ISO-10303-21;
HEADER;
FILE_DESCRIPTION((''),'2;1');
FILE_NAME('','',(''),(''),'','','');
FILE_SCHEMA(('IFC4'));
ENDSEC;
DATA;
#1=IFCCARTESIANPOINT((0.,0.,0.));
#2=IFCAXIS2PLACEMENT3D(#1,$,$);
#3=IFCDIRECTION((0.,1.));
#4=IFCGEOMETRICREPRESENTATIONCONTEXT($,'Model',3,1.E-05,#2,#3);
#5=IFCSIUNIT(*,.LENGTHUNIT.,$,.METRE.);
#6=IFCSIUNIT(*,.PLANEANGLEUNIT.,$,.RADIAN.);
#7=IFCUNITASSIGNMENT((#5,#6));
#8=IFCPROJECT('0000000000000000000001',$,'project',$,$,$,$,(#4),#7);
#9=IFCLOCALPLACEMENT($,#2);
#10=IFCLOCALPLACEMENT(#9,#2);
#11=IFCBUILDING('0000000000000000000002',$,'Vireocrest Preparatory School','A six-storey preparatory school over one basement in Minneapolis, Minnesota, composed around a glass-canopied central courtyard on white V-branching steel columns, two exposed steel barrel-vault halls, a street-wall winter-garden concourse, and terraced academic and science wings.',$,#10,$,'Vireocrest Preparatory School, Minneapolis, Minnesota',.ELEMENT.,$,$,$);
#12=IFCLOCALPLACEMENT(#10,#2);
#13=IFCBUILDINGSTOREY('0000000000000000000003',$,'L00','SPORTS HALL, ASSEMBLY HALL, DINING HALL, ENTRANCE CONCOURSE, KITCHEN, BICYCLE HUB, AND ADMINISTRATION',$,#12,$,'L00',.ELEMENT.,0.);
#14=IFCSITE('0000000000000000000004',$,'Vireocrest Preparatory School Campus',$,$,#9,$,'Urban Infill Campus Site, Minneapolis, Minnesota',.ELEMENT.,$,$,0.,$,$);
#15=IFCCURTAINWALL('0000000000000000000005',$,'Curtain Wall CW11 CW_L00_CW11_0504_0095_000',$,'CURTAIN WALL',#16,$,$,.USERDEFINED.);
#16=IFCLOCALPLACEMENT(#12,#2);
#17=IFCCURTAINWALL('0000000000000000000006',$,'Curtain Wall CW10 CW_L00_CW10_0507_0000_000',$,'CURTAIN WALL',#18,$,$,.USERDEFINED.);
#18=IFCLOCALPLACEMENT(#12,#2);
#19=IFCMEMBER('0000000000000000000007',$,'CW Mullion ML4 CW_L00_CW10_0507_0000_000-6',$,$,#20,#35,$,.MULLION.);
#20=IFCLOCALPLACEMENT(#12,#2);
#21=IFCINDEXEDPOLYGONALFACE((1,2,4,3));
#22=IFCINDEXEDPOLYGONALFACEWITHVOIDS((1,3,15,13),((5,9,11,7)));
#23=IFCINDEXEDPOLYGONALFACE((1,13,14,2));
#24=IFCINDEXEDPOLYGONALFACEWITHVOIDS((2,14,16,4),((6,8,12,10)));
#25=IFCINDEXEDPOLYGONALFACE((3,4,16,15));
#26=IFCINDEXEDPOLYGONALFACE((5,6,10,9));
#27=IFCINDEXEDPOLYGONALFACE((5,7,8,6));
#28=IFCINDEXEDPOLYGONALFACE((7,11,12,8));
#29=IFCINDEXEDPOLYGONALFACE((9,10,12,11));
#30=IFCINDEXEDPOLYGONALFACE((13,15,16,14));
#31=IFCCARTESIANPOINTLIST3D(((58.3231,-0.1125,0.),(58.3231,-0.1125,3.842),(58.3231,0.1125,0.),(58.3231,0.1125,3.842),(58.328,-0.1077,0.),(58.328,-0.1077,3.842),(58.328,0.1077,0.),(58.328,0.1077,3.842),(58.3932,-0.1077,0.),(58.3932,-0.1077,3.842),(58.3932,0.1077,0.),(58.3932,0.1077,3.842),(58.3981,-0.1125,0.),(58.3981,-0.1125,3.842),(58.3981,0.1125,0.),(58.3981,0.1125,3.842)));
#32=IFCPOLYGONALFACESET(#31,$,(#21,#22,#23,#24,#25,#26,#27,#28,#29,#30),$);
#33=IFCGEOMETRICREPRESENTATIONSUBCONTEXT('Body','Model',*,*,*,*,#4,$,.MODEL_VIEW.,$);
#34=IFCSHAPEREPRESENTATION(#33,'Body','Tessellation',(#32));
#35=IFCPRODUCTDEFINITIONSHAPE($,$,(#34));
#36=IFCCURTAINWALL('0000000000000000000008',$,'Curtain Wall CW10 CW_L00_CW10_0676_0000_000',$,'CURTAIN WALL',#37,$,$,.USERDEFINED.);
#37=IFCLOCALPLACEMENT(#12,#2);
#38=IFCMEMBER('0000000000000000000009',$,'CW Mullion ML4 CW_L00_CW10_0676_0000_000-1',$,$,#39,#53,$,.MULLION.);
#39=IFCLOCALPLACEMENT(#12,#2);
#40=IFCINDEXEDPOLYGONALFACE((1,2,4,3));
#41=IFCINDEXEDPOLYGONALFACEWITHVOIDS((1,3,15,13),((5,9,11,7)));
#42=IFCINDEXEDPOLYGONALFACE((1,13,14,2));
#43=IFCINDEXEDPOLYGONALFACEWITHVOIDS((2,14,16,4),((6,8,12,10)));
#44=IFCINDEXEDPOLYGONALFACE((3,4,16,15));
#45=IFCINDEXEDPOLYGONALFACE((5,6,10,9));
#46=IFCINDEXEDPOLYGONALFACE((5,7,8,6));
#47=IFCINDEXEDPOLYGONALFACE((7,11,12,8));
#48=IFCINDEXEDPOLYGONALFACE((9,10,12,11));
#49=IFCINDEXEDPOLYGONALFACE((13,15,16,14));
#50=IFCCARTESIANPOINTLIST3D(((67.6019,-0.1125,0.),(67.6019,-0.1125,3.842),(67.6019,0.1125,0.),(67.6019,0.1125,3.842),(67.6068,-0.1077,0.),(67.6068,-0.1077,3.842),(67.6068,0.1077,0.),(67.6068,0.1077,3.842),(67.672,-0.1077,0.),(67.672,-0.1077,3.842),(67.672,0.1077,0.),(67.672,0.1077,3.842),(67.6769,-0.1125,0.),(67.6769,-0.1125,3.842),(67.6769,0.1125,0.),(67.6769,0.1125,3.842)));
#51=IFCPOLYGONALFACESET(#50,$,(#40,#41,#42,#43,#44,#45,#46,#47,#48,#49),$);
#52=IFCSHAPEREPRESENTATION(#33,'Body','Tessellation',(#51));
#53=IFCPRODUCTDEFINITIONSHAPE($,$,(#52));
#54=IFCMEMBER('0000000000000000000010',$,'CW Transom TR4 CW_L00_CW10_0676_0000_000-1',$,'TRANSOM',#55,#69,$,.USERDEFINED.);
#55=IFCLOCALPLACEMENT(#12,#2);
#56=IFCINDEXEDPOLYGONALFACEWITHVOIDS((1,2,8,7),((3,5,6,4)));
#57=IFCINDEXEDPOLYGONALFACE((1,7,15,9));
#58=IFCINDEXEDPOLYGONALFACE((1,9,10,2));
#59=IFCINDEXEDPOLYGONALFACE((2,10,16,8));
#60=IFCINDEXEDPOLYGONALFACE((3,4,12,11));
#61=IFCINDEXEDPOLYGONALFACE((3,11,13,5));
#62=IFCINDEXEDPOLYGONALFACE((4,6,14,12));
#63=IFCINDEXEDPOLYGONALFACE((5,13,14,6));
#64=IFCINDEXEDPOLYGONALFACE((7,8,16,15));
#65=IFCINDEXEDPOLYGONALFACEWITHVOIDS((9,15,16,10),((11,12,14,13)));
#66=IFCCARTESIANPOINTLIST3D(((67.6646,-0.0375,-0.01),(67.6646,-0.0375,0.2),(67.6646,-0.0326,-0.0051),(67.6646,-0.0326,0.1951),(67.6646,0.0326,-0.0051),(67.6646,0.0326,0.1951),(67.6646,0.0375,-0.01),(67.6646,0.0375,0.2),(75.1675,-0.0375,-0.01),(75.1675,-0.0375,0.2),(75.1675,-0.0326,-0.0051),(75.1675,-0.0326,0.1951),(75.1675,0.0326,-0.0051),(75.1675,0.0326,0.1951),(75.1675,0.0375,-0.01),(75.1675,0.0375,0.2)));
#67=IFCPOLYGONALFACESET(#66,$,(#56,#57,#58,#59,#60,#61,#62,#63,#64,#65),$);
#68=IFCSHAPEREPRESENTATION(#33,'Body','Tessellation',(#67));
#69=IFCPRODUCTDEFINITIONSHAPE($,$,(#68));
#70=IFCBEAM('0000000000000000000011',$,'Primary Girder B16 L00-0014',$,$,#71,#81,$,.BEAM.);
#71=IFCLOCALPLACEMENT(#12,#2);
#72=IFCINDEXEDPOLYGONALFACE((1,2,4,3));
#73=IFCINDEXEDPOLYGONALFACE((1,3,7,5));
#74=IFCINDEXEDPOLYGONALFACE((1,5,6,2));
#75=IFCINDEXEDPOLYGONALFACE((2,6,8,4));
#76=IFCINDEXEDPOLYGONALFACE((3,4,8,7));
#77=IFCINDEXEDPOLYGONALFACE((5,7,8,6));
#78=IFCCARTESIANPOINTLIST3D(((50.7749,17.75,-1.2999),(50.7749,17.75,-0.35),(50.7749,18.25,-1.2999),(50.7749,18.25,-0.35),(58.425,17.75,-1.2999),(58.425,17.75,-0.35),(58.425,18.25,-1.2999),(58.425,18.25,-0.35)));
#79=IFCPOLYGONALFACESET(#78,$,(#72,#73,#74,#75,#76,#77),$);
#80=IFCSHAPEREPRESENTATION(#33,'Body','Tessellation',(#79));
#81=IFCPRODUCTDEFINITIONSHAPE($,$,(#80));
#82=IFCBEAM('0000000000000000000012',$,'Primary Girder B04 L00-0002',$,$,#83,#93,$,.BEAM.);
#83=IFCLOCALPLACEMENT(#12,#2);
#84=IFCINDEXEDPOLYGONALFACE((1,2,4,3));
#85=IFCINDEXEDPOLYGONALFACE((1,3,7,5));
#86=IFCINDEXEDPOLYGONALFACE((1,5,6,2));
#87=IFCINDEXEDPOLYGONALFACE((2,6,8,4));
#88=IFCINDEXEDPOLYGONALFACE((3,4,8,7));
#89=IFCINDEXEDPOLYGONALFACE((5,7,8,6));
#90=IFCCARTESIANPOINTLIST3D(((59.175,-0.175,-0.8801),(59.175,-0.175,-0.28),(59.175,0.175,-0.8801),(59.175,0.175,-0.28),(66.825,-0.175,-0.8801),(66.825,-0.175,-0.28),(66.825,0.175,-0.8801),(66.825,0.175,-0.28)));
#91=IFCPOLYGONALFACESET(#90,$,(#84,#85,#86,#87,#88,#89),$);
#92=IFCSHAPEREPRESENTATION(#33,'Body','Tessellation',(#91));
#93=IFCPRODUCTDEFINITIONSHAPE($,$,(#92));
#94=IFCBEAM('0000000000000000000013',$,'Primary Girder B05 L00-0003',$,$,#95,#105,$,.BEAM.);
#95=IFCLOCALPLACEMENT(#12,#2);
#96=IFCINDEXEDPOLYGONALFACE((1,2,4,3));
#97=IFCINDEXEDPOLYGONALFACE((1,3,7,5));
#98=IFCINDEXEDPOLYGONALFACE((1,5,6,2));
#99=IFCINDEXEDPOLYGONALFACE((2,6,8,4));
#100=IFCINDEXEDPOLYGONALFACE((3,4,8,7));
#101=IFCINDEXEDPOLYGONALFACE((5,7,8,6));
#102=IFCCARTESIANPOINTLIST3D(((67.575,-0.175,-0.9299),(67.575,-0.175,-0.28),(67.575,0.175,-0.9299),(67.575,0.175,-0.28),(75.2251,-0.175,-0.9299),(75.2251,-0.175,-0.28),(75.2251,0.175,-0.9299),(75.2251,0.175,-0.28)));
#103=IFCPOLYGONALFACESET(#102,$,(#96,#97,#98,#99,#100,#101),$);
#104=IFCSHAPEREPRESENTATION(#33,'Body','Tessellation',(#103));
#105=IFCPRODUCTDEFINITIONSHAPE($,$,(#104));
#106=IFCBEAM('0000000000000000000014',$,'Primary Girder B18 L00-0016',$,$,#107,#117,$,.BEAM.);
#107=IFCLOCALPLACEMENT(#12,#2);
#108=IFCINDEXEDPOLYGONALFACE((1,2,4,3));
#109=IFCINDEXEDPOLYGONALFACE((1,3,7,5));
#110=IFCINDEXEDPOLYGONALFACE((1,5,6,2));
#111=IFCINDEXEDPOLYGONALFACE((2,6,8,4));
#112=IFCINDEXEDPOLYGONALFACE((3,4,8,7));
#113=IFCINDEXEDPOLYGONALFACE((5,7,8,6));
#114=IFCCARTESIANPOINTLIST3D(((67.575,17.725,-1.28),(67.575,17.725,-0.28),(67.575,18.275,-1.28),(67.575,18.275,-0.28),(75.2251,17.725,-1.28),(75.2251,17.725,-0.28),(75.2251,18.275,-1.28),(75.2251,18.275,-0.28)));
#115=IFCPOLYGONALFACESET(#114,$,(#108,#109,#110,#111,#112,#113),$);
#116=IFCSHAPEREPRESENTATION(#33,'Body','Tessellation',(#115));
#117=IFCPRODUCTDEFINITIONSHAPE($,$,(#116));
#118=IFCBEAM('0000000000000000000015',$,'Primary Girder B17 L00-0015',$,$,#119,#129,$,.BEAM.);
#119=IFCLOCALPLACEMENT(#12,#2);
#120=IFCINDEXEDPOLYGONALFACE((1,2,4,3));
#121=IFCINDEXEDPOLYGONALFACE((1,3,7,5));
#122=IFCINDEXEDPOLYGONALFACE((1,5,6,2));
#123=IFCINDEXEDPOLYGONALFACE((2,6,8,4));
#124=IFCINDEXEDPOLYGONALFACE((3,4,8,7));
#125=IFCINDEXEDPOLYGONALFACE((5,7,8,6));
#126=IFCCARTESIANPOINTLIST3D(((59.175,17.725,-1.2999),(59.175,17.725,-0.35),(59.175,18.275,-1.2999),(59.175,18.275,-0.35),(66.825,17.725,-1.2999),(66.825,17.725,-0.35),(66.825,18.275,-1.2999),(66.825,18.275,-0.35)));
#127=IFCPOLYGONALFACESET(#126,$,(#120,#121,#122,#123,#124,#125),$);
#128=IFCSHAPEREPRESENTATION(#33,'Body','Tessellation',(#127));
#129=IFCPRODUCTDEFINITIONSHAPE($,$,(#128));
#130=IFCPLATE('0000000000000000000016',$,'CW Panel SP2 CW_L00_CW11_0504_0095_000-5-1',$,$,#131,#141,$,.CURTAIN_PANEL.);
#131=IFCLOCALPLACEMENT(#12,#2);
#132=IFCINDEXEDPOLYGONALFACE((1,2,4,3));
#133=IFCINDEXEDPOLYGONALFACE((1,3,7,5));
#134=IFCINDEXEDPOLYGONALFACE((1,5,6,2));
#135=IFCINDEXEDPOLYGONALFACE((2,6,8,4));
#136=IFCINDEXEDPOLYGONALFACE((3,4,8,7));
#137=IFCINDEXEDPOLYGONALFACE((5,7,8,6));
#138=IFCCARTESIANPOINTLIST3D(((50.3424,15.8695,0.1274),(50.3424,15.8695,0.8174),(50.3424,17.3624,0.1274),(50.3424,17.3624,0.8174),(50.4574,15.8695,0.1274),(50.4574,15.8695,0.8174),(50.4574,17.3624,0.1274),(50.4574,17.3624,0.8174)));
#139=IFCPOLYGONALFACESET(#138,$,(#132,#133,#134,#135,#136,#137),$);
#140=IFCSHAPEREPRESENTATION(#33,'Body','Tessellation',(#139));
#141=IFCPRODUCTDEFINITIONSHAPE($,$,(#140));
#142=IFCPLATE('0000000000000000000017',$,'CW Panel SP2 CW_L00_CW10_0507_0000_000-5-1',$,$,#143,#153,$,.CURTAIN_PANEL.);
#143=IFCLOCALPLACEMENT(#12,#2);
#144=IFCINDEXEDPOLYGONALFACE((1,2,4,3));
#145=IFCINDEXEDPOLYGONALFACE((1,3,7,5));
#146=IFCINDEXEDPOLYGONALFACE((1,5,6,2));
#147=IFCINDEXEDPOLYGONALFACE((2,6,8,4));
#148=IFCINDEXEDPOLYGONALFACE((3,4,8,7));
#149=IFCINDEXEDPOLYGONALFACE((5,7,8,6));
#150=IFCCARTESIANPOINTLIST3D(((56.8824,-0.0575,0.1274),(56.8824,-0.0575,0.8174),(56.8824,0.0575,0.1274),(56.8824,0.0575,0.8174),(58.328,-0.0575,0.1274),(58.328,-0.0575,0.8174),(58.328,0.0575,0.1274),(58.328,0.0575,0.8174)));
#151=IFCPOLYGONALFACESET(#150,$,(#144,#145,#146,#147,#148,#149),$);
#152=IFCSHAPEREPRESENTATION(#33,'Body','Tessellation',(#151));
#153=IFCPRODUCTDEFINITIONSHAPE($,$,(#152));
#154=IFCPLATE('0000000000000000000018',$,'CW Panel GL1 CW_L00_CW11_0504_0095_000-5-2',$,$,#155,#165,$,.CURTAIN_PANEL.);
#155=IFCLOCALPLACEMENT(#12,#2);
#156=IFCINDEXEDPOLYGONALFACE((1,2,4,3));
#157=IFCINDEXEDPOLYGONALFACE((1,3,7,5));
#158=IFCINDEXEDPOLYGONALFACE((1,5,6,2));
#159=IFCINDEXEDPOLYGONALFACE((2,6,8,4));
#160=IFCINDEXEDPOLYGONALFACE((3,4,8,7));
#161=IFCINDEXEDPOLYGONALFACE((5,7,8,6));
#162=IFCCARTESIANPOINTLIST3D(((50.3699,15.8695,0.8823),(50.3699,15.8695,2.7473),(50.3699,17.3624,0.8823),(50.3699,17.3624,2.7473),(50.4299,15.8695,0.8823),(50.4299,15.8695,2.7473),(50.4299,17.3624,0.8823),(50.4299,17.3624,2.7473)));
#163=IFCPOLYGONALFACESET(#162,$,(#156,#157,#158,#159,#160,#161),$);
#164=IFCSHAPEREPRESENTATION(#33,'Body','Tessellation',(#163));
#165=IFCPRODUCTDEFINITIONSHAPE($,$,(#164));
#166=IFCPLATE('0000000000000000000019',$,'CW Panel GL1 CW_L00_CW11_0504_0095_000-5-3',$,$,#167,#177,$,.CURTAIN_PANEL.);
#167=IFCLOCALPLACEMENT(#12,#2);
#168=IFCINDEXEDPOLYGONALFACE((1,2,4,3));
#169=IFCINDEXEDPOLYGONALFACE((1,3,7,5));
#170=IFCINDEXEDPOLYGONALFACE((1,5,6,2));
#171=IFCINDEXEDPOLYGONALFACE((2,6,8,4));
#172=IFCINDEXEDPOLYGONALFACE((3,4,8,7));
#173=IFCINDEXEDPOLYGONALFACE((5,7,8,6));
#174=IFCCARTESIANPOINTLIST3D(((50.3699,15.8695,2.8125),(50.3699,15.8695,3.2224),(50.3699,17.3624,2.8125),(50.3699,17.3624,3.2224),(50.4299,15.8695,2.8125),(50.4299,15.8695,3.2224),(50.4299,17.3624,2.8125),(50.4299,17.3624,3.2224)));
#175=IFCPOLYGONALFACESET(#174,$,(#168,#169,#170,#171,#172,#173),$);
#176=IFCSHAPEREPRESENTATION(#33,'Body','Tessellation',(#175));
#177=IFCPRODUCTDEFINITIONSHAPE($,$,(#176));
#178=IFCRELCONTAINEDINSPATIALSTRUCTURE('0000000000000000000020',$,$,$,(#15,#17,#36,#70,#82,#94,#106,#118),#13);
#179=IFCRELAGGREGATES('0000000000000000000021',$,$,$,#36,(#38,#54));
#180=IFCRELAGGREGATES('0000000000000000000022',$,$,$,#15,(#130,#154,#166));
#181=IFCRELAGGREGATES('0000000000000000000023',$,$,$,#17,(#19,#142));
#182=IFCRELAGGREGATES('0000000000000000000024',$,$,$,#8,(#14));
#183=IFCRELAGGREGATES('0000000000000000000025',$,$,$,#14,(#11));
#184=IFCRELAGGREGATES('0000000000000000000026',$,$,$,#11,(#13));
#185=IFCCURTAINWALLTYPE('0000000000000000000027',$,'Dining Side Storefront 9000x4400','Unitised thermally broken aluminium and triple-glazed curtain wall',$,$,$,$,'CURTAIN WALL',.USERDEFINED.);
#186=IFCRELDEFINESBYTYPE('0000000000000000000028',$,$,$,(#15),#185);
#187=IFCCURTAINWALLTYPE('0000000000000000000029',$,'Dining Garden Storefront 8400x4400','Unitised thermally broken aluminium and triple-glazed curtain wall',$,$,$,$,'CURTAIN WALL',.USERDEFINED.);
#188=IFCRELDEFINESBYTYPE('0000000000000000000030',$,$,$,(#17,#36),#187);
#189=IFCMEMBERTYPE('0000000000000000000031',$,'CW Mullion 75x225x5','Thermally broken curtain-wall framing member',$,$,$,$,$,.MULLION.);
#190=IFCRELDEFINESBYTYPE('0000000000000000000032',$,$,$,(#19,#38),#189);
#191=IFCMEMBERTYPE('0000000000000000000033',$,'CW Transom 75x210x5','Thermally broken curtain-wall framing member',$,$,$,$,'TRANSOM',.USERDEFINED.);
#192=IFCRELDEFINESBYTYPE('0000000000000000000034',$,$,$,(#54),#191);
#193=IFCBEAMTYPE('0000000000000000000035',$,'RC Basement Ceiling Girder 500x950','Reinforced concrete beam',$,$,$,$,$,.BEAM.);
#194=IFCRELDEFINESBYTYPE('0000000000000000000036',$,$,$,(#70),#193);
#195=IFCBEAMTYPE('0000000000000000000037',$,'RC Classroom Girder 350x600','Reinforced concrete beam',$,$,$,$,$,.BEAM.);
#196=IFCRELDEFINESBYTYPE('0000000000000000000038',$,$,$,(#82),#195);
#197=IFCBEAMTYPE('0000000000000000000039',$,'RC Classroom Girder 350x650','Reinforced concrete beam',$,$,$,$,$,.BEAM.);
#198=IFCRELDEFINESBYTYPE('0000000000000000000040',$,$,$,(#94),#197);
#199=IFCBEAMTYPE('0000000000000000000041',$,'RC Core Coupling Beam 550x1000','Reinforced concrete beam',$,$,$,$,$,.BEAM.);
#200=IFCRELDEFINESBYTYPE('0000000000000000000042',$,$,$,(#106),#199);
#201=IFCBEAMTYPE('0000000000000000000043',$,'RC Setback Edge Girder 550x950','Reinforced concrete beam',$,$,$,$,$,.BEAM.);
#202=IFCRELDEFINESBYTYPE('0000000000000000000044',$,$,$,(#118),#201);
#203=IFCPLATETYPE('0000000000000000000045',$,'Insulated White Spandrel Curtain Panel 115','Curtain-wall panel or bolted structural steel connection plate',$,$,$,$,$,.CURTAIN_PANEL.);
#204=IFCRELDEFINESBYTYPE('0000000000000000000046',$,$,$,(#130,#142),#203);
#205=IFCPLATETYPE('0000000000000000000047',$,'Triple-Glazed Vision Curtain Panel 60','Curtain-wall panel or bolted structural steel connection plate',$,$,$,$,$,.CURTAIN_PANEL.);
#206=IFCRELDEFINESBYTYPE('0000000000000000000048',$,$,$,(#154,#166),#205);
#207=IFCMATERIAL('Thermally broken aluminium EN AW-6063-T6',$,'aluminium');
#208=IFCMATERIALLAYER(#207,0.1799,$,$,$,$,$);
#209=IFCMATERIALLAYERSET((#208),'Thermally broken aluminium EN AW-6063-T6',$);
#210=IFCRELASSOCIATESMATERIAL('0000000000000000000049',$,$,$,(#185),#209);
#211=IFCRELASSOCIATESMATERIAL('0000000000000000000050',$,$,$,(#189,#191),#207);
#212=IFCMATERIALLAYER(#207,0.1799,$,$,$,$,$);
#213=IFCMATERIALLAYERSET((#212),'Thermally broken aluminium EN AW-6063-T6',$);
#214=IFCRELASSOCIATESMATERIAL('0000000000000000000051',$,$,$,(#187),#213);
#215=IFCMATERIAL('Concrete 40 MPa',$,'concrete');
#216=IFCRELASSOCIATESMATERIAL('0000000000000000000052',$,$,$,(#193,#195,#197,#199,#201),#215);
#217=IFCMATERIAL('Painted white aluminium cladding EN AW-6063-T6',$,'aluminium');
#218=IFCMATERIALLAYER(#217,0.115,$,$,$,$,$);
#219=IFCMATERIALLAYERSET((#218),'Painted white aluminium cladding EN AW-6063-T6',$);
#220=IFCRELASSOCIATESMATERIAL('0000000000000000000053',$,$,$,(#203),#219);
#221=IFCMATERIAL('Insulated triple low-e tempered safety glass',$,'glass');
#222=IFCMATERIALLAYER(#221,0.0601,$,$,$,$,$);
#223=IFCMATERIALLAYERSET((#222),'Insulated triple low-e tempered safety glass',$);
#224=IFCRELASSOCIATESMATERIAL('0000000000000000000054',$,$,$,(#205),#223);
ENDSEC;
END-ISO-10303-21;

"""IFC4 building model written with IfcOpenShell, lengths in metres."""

from ifc_helpers import new_model, si_unit, direction, frame, origin, origin_2d, place, context, subcontext, project, spatial, rectangle, hollow_rectangle, extrude, material, layer, layer_set, material_profile, profile_set, type_object, element, aggregate, save


model = new_model("IFC4")

# Units and contexts
model_context = context("Model", 3, precision=1e-05, world=origin(), true_north=direction((0.0, 1.0)))
body_context = subcontext(model_context, "Body", "Model", "MODEL_VIEW")
ifc_project = project(units=[si_unit("LENGTHUNIT", "METRE"), si_unit("PLANEANGLEUNIT", "RADIAN")], contexts=[model_context])

# Site, building, storey
site_placement = place(None, origin())
site = spatial("IfcSite", under=ifc_project, at=site_placement, Name="Vireocrest Preparatory School Campus", LongName="Urban Infill Campus Site, Minneapolis, Minnesota", CompositionType="ELEMENT", RefElevation=0.0)
building_placement = place(site_placement, origin())
building = spatial("IfcBuilding", under=site, at=building_placement, Name="Vireocrest Preparatory School", Description="A six-storey preparatory school over one basement in Minneapolis, Minnesota, composed around a glass-canopied central courtyard on white V-branching steel columns, two exposed steel barrel-vault halls, a street-wall winter-garden concourse, and terraced academic and science wings.", LongName="Vireocrest Preparatory School, Minneapolis, Minnesota", CompositionType="ELEMENT")
storey_placement = place(building_placement, origin())
storey = spatial("IfcBuildingStorey", under=building, at=storey_placement, Name="L00", Description="SPORTS HALL, ASSEMBLY HALL, DINING HALL, ENTRANCE CONCOURSE, KITCHEN, BICYCLE HUB, AND ADMINISTRATION", LongName="L00", CompositionType="ELEMENT", Elevation=0.0)

# Curtain walls, members
ifc_material_1 = material(Name="Thermally broken aluminium EN AW-6063-T6", Category="aluminium")
ifc_layer_1 = layer(ifc_material_1, 0.1799)
ifc_layer_set_1 = layer_set([ifc_layer_1], Name="Thermally broken aluminium EN AW-6063-T6")
curtain_wall_type_1 = type_object("IfcCurtainWallType", Name="Dining Side Storefront 9000x4400", Description="Unitised thermally broken aluminium and triple-glazed curtain wall", ElementType="CURTAIN WALL", PredefinedType="USERDEFINED", material=ifc_layer_set_1)
curtain_wall_1_placement = place(storey_placement, origin())
curtain_wall_1 = element("IfcCurtainWall", 1, at=curtain_wall_1_placement, inside=storey, type_object=curtain_wall_type_1, Name="Curtain Wall CW11 CW_L00_CW11_0504_0095_000", ObjectType="CURTAIN WALL", PredefinedType="USERDEFINED")
ifc_material_profile_1 = material_profile(ifc_material_1, hollow_rectangle(XDim=0.075, YDim=0.2251, WallThickness=0.0049, at=origin_2d()), Name="ALU 75x225x5")
ifc_profile_set_1 = profile_set([ifc_material_profile_1], Name="Thermally broken aluminium EN AW-6063-T6")
member_type_1 = type_object("IfcMemberType", Name="CW Mullion 75x225x5", Description="Thermally broken curtain-wall framing member", PredefinedType="MULLION", material=ifc_profile_set_1)
ifc_layer_2 = layer(ifc_material_1, 0.1799)
ifc_layer_set_2 = layer_set([ifc_layer_2], Name="Thermally broken aluminium EN AW-6063-T6")
curtain_wall_type_2 = type_object("IfcCurtainWallType", Name="Dining Garden Storefront 8400x4400", Description="Unitised thermally broken aluminium and triple-glazed curtain wall", ElementType="CURTAIN WALL", PredefinedType="USERDEFINED", material=ifc_layer_set_2)
curtain_wall_2_placement = place(storey_placement, origin())
curtain_wall_2 = element("IfcCurtainWall", 2, at=curtain_wall_2_placement, inside=storey, type_object=curtain_wall_type_2, Name="Curtain Wall CW10 CW_L00_CW10_0507_0000_000", ObjectType="CURTAIN WALL", PredefinedType="USERDEFINED")
member_1_placement = place(storey_placement, frame((58.3606, 0.0, 0.0), z_axis=(0.0, 0.0, 1.0), x_axis=(1.0, 0.0, 0.0)))
member_1 = element("IfcMember", 3, at=member_1_placement, type_object=member_type_1, Name="CW Mullion ML4 CW_L00_CW10_0507_0000_000-6", PredefinedType="MULLION", context=body_context, shape_type="SweptSolid", body=[
    extrude(hollow_rectangle(XDim=0.075, YDim=0.2251, WallThickness=0.0049, at=origin_2d()), origin(), (0.0, 0.0, 1.0), 3.842),
])
curtain_wall_3_placement = place(storey_placement, origin())
curtain_wall_3 = element("IfcCurtainWall", 4, at=curtain_wall_3_placement, inside=storey, type_object=curtain_wall_type_2, Name="Curtain Wall CW10 CW_L00_CW10_0676_0000_000", ObjectType="CURTAIN WALL", PredefinedType="USERDEFINED")
member_2_placement = place(storey_placement, frame((67.6394, 0.0, 0.0), z_axis=(0.0, 0.0, 1.0), x_axis=(1.0, 0.0, 0.0)))
member_2 = element("IfcMember", 5, at=member_2_placement, type_object=member_type_1, Name="CW Mullion ML4 CW_L00_CW10_0676_0000_000-1", PredefinedType="MULLION", context=body_context, shape_type="SweptSolid", body=[
    extrude(hollow_rectangle(XDim=0.075, YDim=0.2251, WallThickness=0.0049, at=origin_2d()), origin(), (0.0, 0.0, 1.0), 3.842),
])
ifc_material_profile_2 = material_profile(ifc_material_1, hollow_rectangle(XDim=0.075, YDim=0.21, WallThickness=0.0049, at=origin_2d()), Name="ALU 75x210x5")
ifc_profile_set_2 = profile_set([ifc_material_profile_2], Name="Thermally broken aluminium EN AW-6063-T6")
member_type_2 = type_object("IfcMemberType", Name="CW Transom 75x210x5", Description="Thermally broken curtain-wall framing member", ElementType="TRANSOM", PredefinedType="USERDEFINED", material=ifc_profile_set_2)
member_3_placement = place(storey_placement, frame((67.6646, 0.0, 0.095), z_axis=(1.0, 0.0, 0.0), x_axis=(0.0, 1.0, 0.0)))
member_3 = element("IfcMember", 6, at=member_3_placement, type_object=member_type_2, Name="CW Transom TR4 CW_L00_CW10_0676_0000_000-1", ObjectType="TRANSOM", PredefinedType="USERDEFINED", context=body_context, shape_type="SweptSolid", body=[
    extrude(hollow_rectangle(XDim=0.075, YDim=0.21, WallThickness=0.0049, at=origin_2d()), origin(), (0.0, 0.0, 1.0), 7.5029),
])
aggregate(curtain_wall_3, [member_2, member_3])

# Beams
ifc_material_2 = material(Name="Concrete 40 MPa", Category="concrete")
ifc_material_profile_3 = material_profile(ifc_material_2, rectangle(XDim=0.5, YDim=0.95, at=origin_2d()), Name="RC 500x950")
ifc_profile_set_3 = profile_set([ifc_material_profile_3], Name="Concrete 40 MPa")
beam_type_1 = type_object("IfcBeamType", Name="RC Basement Ceiling Girder 500x950", Description="Reinforced concrete beam", PredefinedType="BEAM", material=ifc_profile_set_3)
beam_1_placement = place(storey_placement, frame((50.7749, 18.0, -0.825), z_axis=(1.0, 0.0, 0.0), x_axis=(0.0, 1.0, 0.0)))
element("IfcBeam", 7, at=beam_1_placement, inside=storey, type_object=beam_type_1, Name="Primary Girder B16 L00-0014", PredefinedType="BEAM", context=body_context, shape_type="SweptSolid", body=[
    extrude(rectangle(XDim=0.5, YDim=0.95, at=origin_2d()), origin(), (0.0, 0.0, 1.0), 7.6501),
])
ifc_material_profile_4 = material_profile(ifc_material_2, rectangle(XDim=0.3501, YDim=0.6001, at=origin_2d()), Name="RC 350x600")
ifc_profile_set_4 = profile_set([ifc_material_profile_4], Name="Concrete 40 MPa")
beam_type_2 = type_object("IfcBeamType", Name="RC Classroom Girder 350x600", Description="Reinforced concrete beam", PredefinedType="BEAM", material=ifc_profile_set_4)
beam_2_placement = place(storey_placement, frame((59.175, 0.0, -0.5801), z_axis=(1.0, 0.0, 0.0), x_axis=(0.0, 1.0, 0.0)))
element("IfcBeam", 8, at=beam_2_placement, inside=storey, type_object=beam_type_2, Name="Primary Girder B04 L00-0002", PredefinedType="BEAM", context=body_context, shape_type="SweptSolid", body=[
    extrude(rectangle(XDim=0.3501, YDim=0.6001, at=origin_2d()), origin(), (0.0, 0.0, 1.0), 7.6499),
])
ifc_material_profile_5 = material_profile(ifc_material_2, rectangle(XDim=0.3501, YDim=0.6499, at=origin_2d()), Name="RC 350x650")
ifc_profile_set_5 = profile_set([ifc_material_profile_5], Name="Concrete 40 MPa")
beam_type_3 = type_object("IfcBeamType", Name="RC Classroom Girder 350x650", Description="Reinforced concrete beam", PredefinedType="BEAM", material=ifc_profile_set_5)
beam_3_placement = place(storey_placement, frame((67.575, 0.0, -0.605), z_axis=(1.0, 0.0, 0.0), x_axis=(0.0, 1.0, 0.0)))
element("IfcBeam", 9, at=beam_3_placement, inside=storey, type_object=beam_type_3, Name="Primary Girder B05 L00-0003", PredefinedType="BEAM", context=body_context, shape_type="SweptSolid", body=[
    extrude(rectangle(XDim=0.3501, YDim=0.6499, at=origin_2d()), origin(), (0.0, 0.0, 1.0), 7.6501),
])
ifc_material_profile_6 = material_profile(ifc_material_2, rectangle(XDim=0.55, YDim=1.0, at=origin_2d()), Name="RC 550x1000")
ifc_profile_set_6 = profile_set([ifc_material_profile_6], Name="Concrete 40 MPa")
beam_type_4 = type_object("IfcBeamType", Name="RC Core Coupling Beam 550x1000", Description="Reinforced concrete beam", PredefinedType="BEAM", material=ifc_profile_set_6)
beam_4_placement = place(storey_placement, frame((67.575, 18.0, -0.78), z_axis=(1.0, 0.0, 0.0), x_axis=(0.0, 1.0, 0.0)))
element("IfcBeam", 10, at=beam_4_placement, inside=storey, type_object=beam_type_4, Name="Primary Girder B18 L00-0016", PredefinedType="BEAM", context=body_context, shape_type="SweptSolid", body=[
    extrude(rectangle(XDim=0.55, YDim=1.0, at=origin_2d()), origin(), (0.0, 0.0, 1.0), 7.6501),
])
ifc_material_profile_7 = material_profile(ifc_material_2, rectangle(XDim=0.55, YDim=0.95, at=origin_2d()), Name="RC 550x950")
ifc_profile_set_7 = profile_set([ifc_material_profile_7], Name="Concrete 40 MPa")
beam_type_5 = type_object("IfcBeamType", Name="RC Setback Edge Girder 550x950", Description="Reinforced concrete beam", PredefinedType="BEAM", material=ifc_profile_set_7)
beam_5_placement = place(storey_placement, frame((59.175, 18.0, -0.825), z_axis=(1.0, 0.0, 0.0), x_axis=(0.0, 1.0, 0.0)))
element("IfcBeam", 11, at=beam_5_placement, inside=storey, type_object=beam_type_5, Name="Primary Girder B17 L00-0015", PredefinedType="BEAM", context=body_context, shape_type="SweptSolid", body=[
    extrude(rectangle(XDim=0.55, YDim=0.95, at=origin_2d()), origin(), (0.0, 0.0, 1.0), 7.6499),
])

# Plates
ifc_material_3 = material(Name="Painted white aluminium cladding EN AW-6063-T6", Category="aluminium")
ifc_layer_3 = layer(ifc_material_3, 0.115)
ifc_layer_set_3 = layer_set([ifc_layer_3], Name="Painted white aluminium cladding EN AW-6063-T6")
plate_type_1 = type_object("IfcPlateType", Name="Insulated White Spandrel Curtain Panel 115", Description="Curtain-wall panel or bolted structural steel connection plate", PredefinedType="CURTAIN_PANEL", material=ifc_layer_set_3)
plate_1_placement = place(storey_placement, frame((50.3999, 16.616, 0.1274), z_axis=(0.0, 0.0, 1.0), x_axis=(0.0, 1.0, 0.0)))
plate_1 = element("IfcPlate", 12, at=plate_1_placement, type_object=plate_type_1, Name="CW Panel SP2 CW_L00_CW11_0504_0095_000-5-1", PredefinedType="CURTAIN_PANEL", context=body_context, shape_type="SweptSolid", body=[
    extrude(rectangle(XDim=1.4929, YDim=0.115, at=origin_2d()), origin(), (0.0, 0.0, 1.0), 0.6899),
])
plate_2_placement = place(storey_placement, frame((57.6052, 0.0, 0.1274), z_axis=(0.0, 0.0, 1.0), x_axis=(1.0, 0.0, 0.0)))
plate_2 = element("IfcPlate", 13, at=plate_2_placement, type_object=plate_type_1, Name="CW Panel SP2 CW_L00_CW10_0507_0000_000-5-1", PredefinedType="CURTAIN_PANEL", context=body_context, shape_type="SweptSolid", body=[
    extrude(rectangle(XDim=1.4456, YDim=0.115, at=origin_2d()), origin(), (0.0, 0.0, 1.0), 0.6899),
])
ifc_material_4 = material(Name="Insulated triple low-e tempered safety glass", Category="glass")
ifc_layer_4 = layer(ifc_material_4, 0.0601)
ifc_layer_set_4 = layer_set([ifc_layer_4], Name="Insulated triple low-e tempered safety glass")
plate_type_2 = type_object("IfcPlateType", Name="Triple-Glazed Vision Curtain Panel 60", Description="Curtain-wall panel or bolted structural steel connection plate", PredefinedType="CURTAIN_PANEL", material=ifc_layer_set_4)
plate_3_placement = place(storey_placement, frame((50.3999, 16.616, 0.8823), z_axis=(0.0, 0.0, 1.0), x_axis=(0.0, 1.0, 0.0)))
plate_3 = element("IfcPlate", 14, at=plate_3_placement, type_object=plate_type_2, Name="CW Panel GL1 CW_L00_CW11_0504_0095_000-5-2", PredefinedType="CURTAIN_PANEL", context=body_context, shape_type="SweptSolid", body=[
    extrude(rectangle(XDim=1.4929, YDim=0.0601, at=origin_2d()), origin(), (0.0, 0.0, 1.0), 1.865),
])
plate_4_placement = place(storey_placement, frame((50.3999, 16.616, 2.8125), z_axis=(0.0, 0.0, 1.0), x_axis=(0.0, 1.0, 0.0)))
plate_4 = element("IfcPlate", 15, at=plate_4_placement, type_object=plate_type_2, Name="CW Panel GL1 CW_L00_CW11_0504_0095_000-5-3", PredefinedType="CURTAIN_PANEL", context=body_context, shape_type="SweptSolid", body=[
    extrude(rectangle(XDim=1.4929, YDim=0.0601, at=origin_2d()), origin(), (0.0, 0.0, 1.0), 0.4099),
])
aggregate(curtain_wall_1, [plate_1, plate_3, plate_4])
aggregate(curtain_wall_2, [member_1, plate_2])

save(model, "model.ifc")
